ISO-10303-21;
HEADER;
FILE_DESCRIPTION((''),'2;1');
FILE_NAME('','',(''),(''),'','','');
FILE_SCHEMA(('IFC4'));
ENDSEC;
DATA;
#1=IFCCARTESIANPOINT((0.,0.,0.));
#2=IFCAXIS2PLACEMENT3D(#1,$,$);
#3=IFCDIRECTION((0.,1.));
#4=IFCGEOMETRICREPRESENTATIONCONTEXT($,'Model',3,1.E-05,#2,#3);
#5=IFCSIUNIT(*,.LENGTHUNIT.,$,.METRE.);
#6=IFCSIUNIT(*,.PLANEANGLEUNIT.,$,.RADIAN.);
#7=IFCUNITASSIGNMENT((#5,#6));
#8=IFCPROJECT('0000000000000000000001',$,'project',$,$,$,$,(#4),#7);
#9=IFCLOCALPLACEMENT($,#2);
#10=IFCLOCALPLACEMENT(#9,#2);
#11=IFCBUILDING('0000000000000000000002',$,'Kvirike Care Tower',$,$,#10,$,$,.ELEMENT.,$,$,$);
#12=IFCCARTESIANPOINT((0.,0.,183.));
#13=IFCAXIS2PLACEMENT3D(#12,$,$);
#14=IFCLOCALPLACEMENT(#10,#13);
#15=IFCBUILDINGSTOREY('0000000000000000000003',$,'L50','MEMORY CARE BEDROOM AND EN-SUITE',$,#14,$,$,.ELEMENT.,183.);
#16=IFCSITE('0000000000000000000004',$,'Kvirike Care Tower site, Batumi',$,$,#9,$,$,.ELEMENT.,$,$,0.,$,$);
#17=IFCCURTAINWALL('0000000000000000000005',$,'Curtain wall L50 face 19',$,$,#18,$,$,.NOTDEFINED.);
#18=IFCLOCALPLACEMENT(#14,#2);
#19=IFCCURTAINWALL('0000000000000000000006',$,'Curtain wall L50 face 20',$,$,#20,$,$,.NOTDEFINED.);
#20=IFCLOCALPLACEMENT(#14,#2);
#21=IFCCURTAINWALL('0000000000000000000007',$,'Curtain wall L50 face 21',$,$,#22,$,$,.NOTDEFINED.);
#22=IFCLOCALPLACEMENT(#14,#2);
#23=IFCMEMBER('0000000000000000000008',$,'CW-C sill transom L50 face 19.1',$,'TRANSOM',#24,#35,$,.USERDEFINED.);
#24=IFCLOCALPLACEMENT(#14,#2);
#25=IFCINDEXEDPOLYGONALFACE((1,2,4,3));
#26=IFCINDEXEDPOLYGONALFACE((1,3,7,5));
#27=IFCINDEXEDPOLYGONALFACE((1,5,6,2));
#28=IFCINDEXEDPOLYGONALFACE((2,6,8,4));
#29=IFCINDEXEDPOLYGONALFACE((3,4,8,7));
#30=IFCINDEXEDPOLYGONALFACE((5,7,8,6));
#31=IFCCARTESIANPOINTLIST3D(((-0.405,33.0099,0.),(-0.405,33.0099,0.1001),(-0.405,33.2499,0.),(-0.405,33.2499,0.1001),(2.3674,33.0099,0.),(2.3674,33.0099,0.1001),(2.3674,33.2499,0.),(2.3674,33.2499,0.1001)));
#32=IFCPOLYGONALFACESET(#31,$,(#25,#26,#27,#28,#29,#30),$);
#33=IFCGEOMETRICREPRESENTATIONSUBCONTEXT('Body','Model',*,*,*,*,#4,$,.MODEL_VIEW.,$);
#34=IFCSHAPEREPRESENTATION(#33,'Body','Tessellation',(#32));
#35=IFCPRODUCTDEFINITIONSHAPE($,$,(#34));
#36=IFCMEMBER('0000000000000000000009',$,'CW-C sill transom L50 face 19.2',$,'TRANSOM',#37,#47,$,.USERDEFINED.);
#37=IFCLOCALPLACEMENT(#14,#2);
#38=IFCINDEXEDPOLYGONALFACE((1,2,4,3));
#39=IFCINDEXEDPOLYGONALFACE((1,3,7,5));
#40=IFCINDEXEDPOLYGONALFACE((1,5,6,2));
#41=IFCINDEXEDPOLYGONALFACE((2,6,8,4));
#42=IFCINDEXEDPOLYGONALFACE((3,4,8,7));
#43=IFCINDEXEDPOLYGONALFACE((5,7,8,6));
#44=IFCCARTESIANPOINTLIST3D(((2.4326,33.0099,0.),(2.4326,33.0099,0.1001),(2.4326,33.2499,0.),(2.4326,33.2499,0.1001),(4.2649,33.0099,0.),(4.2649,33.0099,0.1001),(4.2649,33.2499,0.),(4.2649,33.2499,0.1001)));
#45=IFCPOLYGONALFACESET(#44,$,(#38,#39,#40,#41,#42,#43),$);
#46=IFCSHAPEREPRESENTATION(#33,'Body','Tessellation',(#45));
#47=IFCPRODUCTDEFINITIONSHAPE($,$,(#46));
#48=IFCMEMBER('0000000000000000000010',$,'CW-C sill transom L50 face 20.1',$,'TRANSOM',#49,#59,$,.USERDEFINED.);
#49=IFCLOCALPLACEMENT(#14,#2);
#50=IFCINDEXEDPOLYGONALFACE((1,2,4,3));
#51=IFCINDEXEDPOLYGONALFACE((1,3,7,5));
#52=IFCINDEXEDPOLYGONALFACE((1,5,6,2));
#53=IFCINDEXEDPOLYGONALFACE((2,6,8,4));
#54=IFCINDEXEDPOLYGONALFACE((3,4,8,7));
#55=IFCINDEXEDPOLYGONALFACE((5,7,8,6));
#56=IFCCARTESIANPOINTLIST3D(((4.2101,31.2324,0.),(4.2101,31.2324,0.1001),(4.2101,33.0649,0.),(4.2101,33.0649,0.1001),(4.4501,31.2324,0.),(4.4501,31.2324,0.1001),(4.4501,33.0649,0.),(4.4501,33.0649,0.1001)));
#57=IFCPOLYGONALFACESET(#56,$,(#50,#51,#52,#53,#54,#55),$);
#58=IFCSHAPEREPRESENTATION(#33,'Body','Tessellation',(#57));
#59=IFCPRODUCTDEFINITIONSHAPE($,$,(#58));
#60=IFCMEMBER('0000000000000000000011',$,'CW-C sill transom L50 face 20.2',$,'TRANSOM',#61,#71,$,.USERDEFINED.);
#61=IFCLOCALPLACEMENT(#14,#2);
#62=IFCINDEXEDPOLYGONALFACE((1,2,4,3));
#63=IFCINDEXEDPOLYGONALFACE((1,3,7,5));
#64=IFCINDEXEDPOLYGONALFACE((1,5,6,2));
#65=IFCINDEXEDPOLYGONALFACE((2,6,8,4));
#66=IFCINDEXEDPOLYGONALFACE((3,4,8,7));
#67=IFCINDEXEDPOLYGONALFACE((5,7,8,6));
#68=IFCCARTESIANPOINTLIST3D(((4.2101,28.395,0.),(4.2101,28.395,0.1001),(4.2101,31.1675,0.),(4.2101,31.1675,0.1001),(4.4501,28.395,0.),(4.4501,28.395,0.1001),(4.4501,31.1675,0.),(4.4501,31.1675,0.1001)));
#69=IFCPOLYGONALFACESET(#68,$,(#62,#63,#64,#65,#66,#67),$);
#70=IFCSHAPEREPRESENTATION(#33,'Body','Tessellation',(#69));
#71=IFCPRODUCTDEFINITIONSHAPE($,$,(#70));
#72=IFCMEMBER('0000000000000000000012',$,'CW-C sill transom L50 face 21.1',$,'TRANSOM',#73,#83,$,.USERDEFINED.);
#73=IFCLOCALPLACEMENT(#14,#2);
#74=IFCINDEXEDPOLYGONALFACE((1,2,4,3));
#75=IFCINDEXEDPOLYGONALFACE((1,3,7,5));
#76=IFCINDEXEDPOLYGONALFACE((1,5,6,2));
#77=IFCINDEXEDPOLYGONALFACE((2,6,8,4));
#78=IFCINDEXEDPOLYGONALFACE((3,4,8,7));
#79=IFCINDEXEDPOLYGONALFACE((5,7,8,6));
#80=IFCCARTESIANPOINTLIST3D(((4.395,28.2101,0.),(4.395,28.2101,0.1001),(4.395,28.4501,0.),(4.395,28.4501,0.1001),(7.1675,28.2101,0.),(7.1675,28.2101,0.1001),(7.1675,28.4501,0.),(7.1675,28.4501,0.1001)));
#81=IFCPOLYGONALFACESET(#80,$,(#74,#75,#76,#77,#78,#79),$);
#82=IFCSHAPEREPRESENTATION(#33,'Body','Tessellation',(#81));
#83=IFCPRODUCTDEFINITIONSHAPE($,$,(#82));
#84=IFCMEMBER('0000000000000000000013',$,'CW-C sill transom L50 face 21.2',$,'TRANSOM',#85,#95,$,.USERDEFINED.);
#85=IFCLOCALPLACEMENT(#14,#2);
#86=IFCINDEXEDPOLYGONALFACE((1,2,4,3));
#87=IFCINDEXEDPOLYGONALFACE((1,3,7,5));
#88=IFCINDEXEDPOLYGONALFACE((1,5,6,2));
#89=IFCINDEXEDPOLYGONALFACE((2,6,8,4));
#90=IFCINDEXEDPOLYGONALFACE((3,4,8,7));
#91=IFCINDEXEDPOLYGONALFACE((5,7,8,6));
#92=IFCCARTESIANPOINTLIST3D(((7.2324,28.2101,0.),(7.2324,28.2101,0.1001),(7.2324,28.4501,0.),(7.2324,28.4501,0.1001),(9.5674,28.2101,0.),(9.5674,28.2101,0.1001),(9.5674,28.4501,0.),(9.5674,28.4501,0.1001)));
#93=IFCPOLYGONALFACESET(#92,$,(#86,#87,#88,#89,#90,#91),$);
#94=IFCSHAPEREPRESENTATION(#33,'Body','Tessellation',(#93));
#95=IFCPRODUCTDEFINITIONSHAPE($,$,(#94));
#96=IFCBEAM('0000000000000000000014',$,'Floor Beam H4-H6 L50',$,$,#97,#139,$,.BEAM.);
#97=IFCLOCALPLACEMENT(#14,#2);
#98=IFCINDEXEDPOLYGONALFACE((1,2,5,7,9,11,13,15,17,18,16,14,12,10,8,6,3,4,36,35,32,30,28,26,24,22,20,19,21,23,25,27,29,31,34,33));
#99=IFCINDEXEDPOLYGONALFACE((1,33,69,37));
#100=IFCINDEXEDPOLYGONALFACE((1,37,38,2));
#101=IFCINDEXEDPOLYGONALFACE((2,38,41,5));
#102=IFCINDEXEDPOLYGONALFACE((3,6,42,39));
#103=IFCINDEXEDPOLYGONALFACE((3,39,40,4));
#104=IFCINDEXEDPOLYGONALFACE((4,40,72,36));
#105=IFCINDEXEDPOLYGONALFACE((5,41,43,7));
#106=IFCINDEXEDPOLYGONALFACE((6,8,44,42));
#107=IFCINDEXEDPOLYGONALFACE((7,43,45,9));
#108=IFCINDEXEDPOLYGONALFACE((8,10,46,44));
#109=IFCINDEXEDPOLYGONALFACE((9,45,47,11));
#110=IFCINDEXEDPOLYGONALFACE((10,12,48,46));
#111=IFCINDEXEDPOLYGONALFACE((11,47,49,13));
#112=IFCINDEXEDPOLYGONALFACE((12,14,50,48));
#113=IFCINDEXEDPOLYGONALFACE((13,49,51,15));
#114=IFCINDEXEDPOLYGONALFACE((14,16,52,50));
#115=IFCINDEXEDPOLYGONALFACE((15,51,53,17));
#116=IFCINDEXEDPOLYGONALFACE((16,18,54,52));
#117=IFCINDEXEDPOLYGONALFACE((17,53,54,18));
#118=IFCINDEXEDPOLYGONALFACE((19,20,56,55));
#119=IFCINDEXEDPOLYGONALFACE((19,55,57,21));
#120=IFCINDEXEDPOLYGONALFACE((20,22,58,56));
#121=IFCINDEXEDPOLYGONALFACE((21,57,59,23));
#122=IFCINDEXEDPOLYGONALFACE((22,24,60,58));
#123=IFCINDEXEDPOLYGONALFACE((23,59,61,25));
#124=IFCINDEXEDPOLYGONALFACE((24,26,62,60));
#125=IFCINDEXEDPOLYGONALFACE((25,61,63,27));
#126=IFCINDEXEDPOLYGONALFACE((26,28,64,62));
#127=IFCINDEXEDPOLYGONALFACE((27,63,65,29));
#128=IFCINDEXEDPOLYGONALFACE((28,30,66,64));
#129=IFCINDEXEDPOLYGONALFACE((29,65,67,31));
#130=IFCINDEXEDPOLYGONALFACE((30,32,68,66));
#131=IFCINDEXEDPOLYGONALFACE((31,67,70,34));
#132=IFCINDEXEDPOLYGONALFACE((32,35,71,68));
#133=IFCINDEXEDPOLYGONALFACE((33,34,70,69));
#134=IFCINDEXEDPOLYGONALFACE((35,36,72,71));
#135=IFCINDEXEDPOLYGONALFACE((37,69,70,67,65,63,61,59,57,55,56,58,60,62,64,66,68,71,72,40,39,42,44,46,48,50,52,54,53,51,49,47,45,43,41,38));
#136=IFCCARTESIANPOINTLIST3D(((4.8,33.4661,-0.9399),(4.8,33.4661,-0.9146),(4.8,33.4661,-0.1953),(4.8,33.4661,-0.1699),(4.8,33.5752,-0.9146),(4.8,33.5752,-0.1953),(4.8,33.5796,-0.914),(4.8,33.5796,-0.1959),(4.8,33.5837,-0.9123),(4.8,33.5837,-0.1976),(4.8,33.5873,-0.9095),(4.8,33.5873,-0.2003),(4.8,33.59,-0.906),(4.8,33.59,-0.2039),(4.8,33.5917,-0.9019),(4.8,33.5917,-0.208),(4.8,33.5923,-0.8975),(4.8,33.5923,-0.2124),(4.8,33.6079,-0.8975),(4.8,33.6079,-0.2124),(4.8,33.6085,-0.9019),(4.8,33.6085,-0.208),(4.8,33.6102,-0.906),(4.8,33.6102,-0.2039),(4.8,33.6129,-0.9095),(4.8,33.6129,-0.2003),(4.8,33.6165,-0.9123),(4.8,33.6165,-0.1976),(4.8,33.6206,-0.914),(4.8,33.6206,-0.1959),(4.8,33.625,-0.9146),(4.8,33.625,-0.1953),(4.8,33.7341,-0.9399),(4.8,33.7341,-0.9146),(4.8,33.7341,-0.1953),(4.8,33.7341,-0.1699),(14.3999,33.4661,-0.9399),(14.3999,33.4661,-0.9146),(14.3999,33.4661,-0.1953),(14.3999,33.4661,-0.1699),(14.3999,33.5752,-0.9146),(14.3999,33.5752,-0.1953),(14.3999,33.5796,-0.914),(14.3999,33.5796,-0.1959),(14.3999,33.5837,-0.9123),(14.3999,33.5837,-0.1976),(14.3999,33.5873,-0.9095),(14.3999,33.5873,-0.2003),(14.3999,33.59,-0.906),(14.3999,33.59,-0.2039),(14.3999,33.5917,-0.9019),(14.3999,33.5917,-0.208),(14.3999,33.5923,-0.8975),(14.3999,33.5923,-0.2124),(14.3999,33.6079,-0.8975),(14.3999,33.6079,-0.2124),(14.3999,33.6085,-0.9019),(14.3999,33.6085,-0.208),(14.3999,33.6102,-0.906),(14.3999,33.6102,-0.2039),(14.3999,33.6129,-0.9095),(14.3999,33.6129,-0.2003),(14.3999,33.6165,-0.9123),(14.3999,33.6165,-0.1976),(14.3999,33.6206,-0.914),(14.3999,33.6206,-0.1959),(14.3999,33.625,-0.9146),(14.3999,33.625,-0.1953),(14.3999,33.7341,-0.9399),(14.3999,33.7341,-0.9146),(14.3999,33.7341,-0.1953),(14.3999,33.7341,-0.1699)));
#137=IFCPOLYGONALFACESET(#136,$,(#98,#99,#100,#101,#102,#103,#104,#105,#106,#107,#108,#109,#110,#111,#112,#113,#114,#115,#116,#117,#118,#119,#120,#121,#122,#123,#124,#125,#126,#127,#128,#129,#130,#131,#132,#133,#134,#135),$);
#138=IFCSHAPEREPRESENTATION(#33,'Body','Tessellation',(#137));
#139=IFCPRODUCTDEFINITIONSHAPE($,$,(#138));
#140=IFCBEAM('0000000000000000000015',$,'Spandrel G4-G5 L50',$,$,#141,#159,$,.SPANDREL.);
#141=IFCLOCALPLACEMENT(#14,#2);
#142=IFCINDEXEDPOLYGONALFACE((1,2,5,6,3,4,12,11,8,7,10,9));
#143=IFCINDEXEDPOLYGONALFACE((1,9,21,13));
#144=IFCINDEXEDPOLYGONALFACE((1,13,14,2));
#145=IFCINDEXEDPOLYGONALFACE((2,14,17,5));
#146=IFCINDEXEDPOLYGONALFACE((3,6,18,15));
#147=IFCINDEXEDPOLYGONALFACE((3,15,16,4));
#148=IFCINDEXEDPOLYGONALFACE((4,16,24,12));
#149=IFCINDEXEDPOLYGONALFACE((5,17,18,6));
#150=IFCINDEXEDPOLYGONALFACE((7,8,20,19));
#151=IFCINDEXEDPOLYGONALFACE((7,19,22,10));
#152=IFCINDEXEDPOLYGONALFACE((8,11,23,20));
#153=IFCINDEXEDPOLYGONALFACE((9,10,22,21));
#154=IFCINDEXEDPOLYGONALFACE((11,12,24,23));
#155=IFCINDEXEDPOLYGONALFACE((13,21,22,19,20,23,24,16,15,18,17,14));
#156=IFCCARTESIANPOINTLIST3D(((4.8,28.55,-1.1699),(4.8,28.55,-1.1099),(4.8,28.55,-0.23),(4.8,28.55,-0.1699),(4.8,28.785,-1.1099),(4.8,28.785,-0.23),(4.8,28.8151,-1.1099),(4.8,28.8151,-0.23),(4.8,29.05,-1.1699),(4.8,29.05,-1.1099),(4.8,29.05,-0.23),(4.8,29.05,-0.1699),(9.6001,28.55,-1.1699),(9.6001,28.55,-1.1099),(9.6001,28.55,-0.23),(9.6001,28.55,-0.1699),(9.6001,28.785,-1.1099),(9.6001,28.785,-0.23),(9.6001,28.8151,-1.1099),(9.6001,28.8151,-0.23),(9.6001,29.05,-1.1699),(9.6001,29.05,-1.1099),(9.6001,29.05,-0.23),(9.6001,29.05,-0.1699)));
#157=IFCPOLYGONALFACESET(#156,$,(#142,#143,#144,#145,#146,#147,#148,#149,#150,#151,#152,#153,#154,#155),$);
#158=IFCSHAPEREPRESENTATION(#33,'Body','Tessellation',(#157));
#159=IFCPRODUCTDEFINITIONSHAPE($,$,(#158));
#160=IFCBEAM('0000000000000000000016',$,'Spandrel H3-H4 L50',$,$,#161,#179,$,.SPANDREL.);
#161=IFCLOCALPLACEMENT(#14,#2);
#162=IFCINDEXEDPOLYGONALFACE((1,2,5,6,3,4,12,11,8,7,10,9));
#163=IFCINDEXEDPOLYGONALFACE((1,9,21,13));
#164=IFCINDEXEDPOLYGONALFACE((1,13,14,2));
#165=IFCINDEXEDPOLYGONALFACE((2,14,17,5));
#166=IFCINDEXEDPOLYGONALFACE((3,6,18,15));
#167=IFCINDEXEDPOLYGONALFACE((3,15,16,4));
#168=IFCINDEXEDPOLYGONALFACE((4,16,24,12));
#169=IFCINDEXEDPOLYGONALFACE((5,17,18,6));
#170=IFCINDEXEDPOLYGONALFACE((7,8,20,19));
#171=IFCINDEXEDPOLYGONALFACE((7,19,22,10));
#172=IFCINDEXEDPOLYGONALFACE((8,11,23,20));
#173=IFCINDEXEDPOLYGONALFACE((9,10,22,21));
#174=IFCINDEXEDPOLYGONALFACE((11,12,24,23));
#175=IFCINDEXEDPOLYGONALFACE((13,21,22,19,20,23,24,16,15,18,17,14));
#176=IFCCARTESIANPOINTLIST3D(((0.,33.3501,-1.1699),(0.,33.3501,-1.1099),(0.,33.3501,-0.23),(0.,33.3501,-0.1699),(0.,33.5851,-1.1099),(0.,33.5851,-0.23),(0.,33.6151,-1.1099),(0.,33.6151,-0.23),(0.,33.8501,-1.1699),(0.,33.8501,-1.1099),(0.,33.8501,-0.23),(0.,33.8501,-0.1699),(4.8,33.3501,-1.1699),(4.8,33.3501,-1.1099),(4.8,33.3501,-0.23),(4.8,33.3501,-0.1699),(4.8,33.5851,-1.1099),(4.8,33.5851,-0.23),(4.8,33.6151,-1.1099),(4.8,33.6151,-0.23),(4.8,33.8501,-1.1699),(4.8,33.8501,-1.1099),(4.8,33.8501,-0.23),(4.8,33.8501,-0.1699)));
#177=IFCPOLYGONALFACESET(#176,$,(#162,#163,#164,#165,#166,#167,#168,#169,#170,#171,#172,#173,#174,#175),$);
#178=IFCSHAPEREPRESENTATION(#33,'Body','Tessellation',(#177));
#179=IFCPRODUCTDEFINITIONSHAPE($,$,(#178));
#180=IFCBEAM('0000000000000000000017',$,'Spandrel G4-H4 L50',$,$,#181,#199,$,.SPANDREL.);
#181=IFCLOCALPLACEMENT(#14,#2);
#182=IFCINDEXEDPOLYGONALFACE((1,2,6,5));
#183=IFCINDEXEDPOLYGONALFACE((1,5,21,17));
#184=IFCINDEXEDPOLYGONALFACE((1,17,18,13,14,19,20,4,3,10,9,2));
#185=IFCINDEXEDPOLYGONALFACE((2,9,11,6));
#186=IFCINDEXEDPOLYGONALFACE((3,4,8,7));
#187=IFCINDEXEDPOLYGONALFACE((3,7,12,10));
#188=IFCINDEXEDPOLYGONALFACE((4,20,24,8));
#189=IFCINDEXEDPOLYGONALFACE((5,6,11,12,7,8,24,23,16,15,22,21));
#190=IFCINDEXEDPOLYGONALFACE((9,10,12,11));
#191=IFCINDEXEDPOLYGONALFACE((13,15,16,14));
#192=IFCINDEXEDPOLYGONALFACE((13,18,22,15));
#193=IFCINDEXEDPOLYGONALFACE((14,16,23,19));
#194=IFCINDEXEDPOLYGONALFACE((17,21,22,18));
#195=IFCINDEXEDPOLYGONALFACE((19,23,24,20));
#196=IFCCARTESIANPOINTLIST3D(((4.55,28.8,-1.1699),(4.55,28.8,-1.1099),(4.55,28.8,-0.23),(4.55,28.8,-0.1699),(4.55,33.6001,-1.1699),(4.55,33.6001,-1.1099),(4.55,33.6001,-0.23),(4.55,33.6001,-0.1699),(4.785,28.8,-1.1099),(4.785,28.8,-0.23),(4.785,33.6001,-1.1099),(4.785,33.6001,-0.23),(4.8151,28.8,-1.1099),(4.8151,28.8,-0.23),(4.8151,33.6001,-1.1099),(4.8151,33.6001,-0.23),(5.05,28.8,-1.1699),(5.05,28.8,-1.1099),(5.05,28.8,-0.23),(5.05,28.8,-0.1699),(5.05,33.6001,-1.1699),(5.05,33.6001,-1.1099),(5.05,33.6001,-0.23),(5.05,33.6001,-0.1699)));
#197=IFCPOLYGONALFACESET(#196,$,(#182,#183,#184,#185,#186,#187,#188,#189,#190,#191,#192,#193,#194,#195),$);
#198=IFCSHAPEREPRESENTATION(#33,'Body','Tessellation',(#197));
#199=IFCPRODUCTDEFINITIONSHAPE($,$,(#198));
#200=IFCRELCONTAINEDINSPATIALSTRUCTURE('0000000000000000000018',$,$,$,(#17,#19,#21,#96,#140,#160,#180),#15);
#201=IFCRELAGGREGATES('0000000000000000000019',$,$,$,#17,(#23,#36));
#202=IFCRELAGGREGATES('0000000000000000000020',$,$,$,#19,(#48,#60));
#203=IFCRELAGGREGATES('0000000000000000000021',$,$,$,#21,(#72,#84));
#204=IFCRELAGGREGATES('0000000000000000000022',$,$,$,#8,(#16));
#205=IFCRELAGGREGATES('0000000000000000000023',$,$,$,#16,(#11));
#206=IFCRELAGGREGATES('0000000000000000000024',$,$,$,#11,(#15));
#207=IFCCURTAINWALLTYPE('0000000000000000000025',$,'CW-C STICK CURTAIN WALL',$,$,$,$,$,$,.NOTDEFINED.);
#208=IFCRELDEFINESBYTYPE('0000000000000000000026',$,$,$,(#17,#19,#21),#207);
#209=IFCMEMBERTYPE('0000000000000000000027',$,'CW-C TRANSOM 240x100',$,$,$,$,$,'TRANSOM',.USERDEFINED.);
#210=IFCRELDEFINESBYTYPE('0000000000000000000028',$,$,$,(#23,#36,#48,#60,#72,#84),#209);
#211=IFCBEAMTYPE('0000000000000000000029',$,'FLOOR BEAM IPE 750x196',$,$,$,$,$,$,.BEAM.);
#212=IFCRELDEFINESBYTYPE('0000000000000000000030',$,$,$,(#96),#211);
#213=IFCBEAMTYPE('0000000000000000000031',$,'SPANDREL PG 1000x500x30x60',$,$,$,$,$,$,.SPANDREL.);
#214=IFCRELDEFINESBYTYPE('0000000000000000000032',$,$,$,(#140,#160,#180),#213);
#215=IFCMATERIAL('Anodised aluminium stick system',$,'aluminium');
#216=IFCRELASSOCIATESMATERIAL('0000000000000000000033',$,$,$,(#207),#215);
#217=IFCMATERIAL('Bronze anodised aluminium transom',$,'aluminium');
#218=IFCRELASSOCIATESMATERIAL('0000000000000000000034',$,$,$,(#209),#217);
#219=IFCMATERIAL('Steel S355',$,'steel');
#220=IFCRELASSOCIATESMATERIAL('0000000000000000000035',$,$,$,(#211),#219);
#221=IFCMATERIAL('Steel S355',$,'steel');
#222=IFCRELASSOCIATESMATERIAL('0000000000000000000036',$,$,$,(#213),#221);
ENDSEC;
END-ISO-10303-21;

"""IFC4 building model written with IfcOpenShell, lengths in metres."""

from ifc_helpers import new_model, si_unit, direction, frame, origin, origin_2d, place, context, subcontext, project, spatial, rectangle, i_section, extrude, material, material_profile, profile_set, type_object, element, aggregate, save


model = new_model("IFC4")

# Units and contexts
model_context = context("Model", 3, precision=1e-05, world=origin(), true_north=direction((0.0, 1.0)))
body_context = subcontext(model_context, "Body", "Model", "MODEL_VIEW")
ifc_project = project(units=[si_unit("LENGTHUNIT", "METRE"), si_unit("PLANEANGLEUNIT", "RADIAN")], contexts=[model_context])

# Site, building, storey
site_placement = place(None, origin())
site = spatial("IfcSite", under=ifc_project, at=site_placement, Name="Kvirike Care Tower site, Batumi", CompositionType="ELEMENT", RefElevation=0.0)
building_placement = place(site_placement, origin())
building = spatial("IfcBuilding", under=site, at=building_placement, Name="Kvirike Care Tower", CompositionType="ELEMENT")
storey_placement = place(building_placement, frame((0.0, 0.0, 183.0)))
storey = spatial("IfcBuildingStorey", under=building, at=storey_placement, Name="L50", Description="MEMORY CARE BEDROOM AND EN-SUITE", CompositionType="ELEMENT", Elevation=183.0)

# Curtain walls
ifc_material_1 = material(Name="Anodised aluminium stick system", Category="aluminium")
curtain_wall_type = type_object("IfcCurtainWallType", Name="CW-C STICK CURTAIN WALL", PredefinedType="NOTDEFINED", material=ifc_material_1)
curtain_wall_1_placement = place(storey_placement, origin())
curtain_wall_1 = element("IfcCurtainWall", 1, at=curtain_wall_1_placement, inside=storey, type_object=curtain_wall_type, Name="Curtain wall L50 face 19", PredefinedType="NOTDEFINED")
curtain_wall_2_placement = place(storey_placement, origin())
curtain_wall_2 = element("IfcCurtainWall", 2, at=curtain_wall_2_placement, inside=storey, type_object=curtain_wall_type, Name="Curtain wall L50 face 20", PredefinedType="NOTDEFINED")

# Curtain wall
curtain_wall_3_placement = place(storey_placement, origin())
curtain_wall_3 = element("IfcCurtainWall", 3, at=curtain_wall_3_placement, inside=storey, type_object=curtain_wall_type, Name="Curtain wall L50 face 21", PredefinedType="NOTDEFINED")

# Members
ifc_material_2 = material(Name="Bronze anodised aluminium transom", Category="aluminium")
ifc_material_profile_1 = material_profile(ifc_material_2, rectangle(XDim=0.24, YDim=0.1001, at=origin_2d()), Name="CW-C TRANSOM 240x100")
ifc_profile_set_1 = profile_set([ifc_material_profile_1], Name="Bronze anodised aluminium transom")
member_type_1 = type_object("IfcMemberType", Name="CW-C TRANSOM 240x100", ElementType="TRANSOM", PredefinedType="USERDEFINED", material=ifc_profile_set_1)
member_1_placement = place(storey_placement, frame((-0.405, 33.1299, 0.05), z_axis=(1.0, 0.0, 0.0), x_axis=(0.0, 1.0, 0.0)))
member_1 = element("IfcMember", 4, at=member_1_placement, type_object=member_type_1, Name="CW-C sill transom L50 face 19.1", ObjectType="TRANSOM", PredefinedType="USERDEFINED", context=body_context, shape_type="SweptSolid", body=[
    extrude(rectangle(XDim=0.24, YDim=0.1001, at=origin_2d()), origin(), (0.0, 0.0, 1.0), 2.7725),
])
member_2_placement = place(storey_placement, frame((2.4326, 33.1299, 0.05), z_axis=(1.0, 0.0, 0.0), x_axis=(0.0, 1.0, 0.0)))
member_2 = element("IfcMember", 5, at=member_2_placement, type_object=member_type_1, Name="CW-C sill transom L50 face 19.2", ObjectType="TRANSOM", PredefinedType="USERDEFINED", context=body_context, shape_type="SweptSolid", body=[
    extrude(rectangle(XDim=0.24, YDim=0.1001, at=origin_2d()), origin(), (0.0, 0.0, 1.0), 1.8323),
])
member_3_placement = place(storey_placement, frame((4.3301, 33.0649, 0.05), z_axis=(0.0, -1.0, 0.0), x_axis=(1.0, 0.0, 0.0)))
member_3 = element("IfcMember", 6, at=member_3_placement, type_object=member_type_1, Name="CW-C sill transom L50 face 20.1", ObjectType="TRANSOM", PredefinedType="USERDEFINED", context=body_context, shape_type="SweptSolid", body=[
    extrude(rectangle(XDim=0.24, YDim=0.1001, at=origin_2d()), origin(), (0.0, 0.0, 1.0), 1.8325),
])
member_4_placement = place(storey_placement, frame((4.3301, 31.1675, 0.05), z_axis=(0.0, -1.0, 0.0), x_axis=(1.0, 0.0, 0.0)))
member_4 = element("IfcMember", 7, at=member_4_placement, type_object=member_type_1, Name="CW-C sill transom L50 face 20.2", ObjectType="TRANSOM", PredefinedType="USERDEFINED", context=body_context, shape_type="SweptSolid", body=[
    extrude(rectangle(XDim=0.24, YDim=0.1001, at=origin_2d()), origin(), (0.0, 0.0, 1.0), 2.7725),
])
member_5_placement = place(storey_placement, frame((4.395, 28.3301, 0.05), z_axis=(1.0, 0.0, 0.0), x_axis=(0.0, 1.0, 0.0)))
member_5 = element("IfcMember", 8, at=member_5_placement, type_object=member_type_1, Name="CW-C sill transom L50 face 21.1", ObjectType="TRANSOM", PredefinedType="USERDEFINED", context=body_context, shape_type="SweptSolid", body=[
    extrude(rectangle(XDim=0.24, YDim=0.1001, at=origin_2d()), origin(), (0.0, 0.0, 1.0), 2.7725),
])
member_6_placement = place(storey_placement, frame((7.2324, 28.3301, 0.05), z_axis=(1.0, 0.0, 0.0), x_axis=(0.0, 1.0, 0.0)))
member_6 = element("IfcMember", 9, at=member_6_placement, type_object=member_type_1, Name="CW-C sill transom L50 face 21.2", ObjectType="TRANSOM", PredefinedType="USERDEFINED", context=body_context, shape_type="SweptSolid", body=[
    extrude(rectangle(XDim=0.24, YDim=0.1001, at=origin_2d()), origin(), (0.0, 0.0, 1.0), 2.335),
])

# Beams
ifc_material_3 = material(Name="Steel S355", Category="steel")
ifc_material_profile_2 = material_profile(ifc_material_3, i_section(OverallWidth=0.2681, OverallDepth=0.77, WebThickness=0.0156, FlangeThickness=0.0254, FilletRadius=0.0171, at=origin_2d()), Name="IPE 750x196")
ifc_profile_set_2 = profile_set([ifc_material_profile_2], Name="Steel S355")
beam_type_1 = type_object("IfcBeamType", Name="FLOOR BEAM IPE 750x196", PredefinedType="BEAM", material=ifc_profile_set_2)
beam_placement = place(storey_placement, frame((4.8, 33.6001, -0.5549), z_axis=(1.0, 0.0, 0.0), x_axis=(0.0, 1.0, 0.0)))
element("IfcBeam", 10, at=beam_placement, inside=storey, type_object=beam_type_1, Name="Floor Beam H4-H6 L50", PredefinedType="BEAM", context=body_context, shape_type="SweptSolid", body=[
    extrude(i_section(OverallWidth=0.2681, OverallDepth=0.77, WebThickness=0.0156, FlangeThickness=0.0254, FilletRadius=0.0171, at=origin_2d()), origin(), (0.0, 0.0, 1.0), 9.5999),
])
ifc_material_4 = material(Name="Steel S355", Category="steel")
ifc_material_profile_3 = material_profile(ifc_material_4, i_section(OverallWidth=0.5, OverallDepth=1.0, WebThickness=0.03, FlangeThickness=0.0601, at=origin_2d()), Name="PG 1000x500x30x60")
ifc_profile_set_3 = profile_set([ifc_material_profile_3], Name="Steel S355")
beam_type_2 = type_object("IfcBeamType", Name="SPANDREL PG 1000x500x30x60", PredefinedType="SPANDREL", material=ifc_profile_set_3)
for number, where, z_axis, x_axis, name in (
    (11, (4.8, 28.8, -0.6699), (1.0, 0.0, 0.0), (0.0, 1.0, 0.0), "Spandrel G4-G5 L50"),
    (12, (0.0, 33.6001, -0.6699), (1.0, 0.0, 0.0), (0.0, 1.0, 0.0), "Spandrel H3-H4 L50"),
    (13, (4.8, 28.8, -0.6699), (0.0, 1.0, 0.0), (-1.0, 0.0, 0.0), "Spandrel G4-H4 L50"),
):
    element("IfcBeam", number, at=place(storey_placement, frame(where, z_axis=z_axis, x_axis=x_axis)), inside=storey, type_object=beam_type_2, Name=name, PredefinedType="SPANDREL", context=body_context, shape_type="SweptSolid", body=[
        extrude(i_section(OverallWidth=0.5, OverallDepth=1.0, WebThickness=0.03, FlangeThickness=0.0601, at=origin_2d()), origin(), (0.0, 0.0, 1.0), 4.8),
    ])

aggregate(curtain_wall_1, [member_1, member_2])
aggregate(curtain_wall_2, [member_3, member_4])
aggregate(curtain_wall_3, [member_5, member_6])

save(model, "model.ifc")
